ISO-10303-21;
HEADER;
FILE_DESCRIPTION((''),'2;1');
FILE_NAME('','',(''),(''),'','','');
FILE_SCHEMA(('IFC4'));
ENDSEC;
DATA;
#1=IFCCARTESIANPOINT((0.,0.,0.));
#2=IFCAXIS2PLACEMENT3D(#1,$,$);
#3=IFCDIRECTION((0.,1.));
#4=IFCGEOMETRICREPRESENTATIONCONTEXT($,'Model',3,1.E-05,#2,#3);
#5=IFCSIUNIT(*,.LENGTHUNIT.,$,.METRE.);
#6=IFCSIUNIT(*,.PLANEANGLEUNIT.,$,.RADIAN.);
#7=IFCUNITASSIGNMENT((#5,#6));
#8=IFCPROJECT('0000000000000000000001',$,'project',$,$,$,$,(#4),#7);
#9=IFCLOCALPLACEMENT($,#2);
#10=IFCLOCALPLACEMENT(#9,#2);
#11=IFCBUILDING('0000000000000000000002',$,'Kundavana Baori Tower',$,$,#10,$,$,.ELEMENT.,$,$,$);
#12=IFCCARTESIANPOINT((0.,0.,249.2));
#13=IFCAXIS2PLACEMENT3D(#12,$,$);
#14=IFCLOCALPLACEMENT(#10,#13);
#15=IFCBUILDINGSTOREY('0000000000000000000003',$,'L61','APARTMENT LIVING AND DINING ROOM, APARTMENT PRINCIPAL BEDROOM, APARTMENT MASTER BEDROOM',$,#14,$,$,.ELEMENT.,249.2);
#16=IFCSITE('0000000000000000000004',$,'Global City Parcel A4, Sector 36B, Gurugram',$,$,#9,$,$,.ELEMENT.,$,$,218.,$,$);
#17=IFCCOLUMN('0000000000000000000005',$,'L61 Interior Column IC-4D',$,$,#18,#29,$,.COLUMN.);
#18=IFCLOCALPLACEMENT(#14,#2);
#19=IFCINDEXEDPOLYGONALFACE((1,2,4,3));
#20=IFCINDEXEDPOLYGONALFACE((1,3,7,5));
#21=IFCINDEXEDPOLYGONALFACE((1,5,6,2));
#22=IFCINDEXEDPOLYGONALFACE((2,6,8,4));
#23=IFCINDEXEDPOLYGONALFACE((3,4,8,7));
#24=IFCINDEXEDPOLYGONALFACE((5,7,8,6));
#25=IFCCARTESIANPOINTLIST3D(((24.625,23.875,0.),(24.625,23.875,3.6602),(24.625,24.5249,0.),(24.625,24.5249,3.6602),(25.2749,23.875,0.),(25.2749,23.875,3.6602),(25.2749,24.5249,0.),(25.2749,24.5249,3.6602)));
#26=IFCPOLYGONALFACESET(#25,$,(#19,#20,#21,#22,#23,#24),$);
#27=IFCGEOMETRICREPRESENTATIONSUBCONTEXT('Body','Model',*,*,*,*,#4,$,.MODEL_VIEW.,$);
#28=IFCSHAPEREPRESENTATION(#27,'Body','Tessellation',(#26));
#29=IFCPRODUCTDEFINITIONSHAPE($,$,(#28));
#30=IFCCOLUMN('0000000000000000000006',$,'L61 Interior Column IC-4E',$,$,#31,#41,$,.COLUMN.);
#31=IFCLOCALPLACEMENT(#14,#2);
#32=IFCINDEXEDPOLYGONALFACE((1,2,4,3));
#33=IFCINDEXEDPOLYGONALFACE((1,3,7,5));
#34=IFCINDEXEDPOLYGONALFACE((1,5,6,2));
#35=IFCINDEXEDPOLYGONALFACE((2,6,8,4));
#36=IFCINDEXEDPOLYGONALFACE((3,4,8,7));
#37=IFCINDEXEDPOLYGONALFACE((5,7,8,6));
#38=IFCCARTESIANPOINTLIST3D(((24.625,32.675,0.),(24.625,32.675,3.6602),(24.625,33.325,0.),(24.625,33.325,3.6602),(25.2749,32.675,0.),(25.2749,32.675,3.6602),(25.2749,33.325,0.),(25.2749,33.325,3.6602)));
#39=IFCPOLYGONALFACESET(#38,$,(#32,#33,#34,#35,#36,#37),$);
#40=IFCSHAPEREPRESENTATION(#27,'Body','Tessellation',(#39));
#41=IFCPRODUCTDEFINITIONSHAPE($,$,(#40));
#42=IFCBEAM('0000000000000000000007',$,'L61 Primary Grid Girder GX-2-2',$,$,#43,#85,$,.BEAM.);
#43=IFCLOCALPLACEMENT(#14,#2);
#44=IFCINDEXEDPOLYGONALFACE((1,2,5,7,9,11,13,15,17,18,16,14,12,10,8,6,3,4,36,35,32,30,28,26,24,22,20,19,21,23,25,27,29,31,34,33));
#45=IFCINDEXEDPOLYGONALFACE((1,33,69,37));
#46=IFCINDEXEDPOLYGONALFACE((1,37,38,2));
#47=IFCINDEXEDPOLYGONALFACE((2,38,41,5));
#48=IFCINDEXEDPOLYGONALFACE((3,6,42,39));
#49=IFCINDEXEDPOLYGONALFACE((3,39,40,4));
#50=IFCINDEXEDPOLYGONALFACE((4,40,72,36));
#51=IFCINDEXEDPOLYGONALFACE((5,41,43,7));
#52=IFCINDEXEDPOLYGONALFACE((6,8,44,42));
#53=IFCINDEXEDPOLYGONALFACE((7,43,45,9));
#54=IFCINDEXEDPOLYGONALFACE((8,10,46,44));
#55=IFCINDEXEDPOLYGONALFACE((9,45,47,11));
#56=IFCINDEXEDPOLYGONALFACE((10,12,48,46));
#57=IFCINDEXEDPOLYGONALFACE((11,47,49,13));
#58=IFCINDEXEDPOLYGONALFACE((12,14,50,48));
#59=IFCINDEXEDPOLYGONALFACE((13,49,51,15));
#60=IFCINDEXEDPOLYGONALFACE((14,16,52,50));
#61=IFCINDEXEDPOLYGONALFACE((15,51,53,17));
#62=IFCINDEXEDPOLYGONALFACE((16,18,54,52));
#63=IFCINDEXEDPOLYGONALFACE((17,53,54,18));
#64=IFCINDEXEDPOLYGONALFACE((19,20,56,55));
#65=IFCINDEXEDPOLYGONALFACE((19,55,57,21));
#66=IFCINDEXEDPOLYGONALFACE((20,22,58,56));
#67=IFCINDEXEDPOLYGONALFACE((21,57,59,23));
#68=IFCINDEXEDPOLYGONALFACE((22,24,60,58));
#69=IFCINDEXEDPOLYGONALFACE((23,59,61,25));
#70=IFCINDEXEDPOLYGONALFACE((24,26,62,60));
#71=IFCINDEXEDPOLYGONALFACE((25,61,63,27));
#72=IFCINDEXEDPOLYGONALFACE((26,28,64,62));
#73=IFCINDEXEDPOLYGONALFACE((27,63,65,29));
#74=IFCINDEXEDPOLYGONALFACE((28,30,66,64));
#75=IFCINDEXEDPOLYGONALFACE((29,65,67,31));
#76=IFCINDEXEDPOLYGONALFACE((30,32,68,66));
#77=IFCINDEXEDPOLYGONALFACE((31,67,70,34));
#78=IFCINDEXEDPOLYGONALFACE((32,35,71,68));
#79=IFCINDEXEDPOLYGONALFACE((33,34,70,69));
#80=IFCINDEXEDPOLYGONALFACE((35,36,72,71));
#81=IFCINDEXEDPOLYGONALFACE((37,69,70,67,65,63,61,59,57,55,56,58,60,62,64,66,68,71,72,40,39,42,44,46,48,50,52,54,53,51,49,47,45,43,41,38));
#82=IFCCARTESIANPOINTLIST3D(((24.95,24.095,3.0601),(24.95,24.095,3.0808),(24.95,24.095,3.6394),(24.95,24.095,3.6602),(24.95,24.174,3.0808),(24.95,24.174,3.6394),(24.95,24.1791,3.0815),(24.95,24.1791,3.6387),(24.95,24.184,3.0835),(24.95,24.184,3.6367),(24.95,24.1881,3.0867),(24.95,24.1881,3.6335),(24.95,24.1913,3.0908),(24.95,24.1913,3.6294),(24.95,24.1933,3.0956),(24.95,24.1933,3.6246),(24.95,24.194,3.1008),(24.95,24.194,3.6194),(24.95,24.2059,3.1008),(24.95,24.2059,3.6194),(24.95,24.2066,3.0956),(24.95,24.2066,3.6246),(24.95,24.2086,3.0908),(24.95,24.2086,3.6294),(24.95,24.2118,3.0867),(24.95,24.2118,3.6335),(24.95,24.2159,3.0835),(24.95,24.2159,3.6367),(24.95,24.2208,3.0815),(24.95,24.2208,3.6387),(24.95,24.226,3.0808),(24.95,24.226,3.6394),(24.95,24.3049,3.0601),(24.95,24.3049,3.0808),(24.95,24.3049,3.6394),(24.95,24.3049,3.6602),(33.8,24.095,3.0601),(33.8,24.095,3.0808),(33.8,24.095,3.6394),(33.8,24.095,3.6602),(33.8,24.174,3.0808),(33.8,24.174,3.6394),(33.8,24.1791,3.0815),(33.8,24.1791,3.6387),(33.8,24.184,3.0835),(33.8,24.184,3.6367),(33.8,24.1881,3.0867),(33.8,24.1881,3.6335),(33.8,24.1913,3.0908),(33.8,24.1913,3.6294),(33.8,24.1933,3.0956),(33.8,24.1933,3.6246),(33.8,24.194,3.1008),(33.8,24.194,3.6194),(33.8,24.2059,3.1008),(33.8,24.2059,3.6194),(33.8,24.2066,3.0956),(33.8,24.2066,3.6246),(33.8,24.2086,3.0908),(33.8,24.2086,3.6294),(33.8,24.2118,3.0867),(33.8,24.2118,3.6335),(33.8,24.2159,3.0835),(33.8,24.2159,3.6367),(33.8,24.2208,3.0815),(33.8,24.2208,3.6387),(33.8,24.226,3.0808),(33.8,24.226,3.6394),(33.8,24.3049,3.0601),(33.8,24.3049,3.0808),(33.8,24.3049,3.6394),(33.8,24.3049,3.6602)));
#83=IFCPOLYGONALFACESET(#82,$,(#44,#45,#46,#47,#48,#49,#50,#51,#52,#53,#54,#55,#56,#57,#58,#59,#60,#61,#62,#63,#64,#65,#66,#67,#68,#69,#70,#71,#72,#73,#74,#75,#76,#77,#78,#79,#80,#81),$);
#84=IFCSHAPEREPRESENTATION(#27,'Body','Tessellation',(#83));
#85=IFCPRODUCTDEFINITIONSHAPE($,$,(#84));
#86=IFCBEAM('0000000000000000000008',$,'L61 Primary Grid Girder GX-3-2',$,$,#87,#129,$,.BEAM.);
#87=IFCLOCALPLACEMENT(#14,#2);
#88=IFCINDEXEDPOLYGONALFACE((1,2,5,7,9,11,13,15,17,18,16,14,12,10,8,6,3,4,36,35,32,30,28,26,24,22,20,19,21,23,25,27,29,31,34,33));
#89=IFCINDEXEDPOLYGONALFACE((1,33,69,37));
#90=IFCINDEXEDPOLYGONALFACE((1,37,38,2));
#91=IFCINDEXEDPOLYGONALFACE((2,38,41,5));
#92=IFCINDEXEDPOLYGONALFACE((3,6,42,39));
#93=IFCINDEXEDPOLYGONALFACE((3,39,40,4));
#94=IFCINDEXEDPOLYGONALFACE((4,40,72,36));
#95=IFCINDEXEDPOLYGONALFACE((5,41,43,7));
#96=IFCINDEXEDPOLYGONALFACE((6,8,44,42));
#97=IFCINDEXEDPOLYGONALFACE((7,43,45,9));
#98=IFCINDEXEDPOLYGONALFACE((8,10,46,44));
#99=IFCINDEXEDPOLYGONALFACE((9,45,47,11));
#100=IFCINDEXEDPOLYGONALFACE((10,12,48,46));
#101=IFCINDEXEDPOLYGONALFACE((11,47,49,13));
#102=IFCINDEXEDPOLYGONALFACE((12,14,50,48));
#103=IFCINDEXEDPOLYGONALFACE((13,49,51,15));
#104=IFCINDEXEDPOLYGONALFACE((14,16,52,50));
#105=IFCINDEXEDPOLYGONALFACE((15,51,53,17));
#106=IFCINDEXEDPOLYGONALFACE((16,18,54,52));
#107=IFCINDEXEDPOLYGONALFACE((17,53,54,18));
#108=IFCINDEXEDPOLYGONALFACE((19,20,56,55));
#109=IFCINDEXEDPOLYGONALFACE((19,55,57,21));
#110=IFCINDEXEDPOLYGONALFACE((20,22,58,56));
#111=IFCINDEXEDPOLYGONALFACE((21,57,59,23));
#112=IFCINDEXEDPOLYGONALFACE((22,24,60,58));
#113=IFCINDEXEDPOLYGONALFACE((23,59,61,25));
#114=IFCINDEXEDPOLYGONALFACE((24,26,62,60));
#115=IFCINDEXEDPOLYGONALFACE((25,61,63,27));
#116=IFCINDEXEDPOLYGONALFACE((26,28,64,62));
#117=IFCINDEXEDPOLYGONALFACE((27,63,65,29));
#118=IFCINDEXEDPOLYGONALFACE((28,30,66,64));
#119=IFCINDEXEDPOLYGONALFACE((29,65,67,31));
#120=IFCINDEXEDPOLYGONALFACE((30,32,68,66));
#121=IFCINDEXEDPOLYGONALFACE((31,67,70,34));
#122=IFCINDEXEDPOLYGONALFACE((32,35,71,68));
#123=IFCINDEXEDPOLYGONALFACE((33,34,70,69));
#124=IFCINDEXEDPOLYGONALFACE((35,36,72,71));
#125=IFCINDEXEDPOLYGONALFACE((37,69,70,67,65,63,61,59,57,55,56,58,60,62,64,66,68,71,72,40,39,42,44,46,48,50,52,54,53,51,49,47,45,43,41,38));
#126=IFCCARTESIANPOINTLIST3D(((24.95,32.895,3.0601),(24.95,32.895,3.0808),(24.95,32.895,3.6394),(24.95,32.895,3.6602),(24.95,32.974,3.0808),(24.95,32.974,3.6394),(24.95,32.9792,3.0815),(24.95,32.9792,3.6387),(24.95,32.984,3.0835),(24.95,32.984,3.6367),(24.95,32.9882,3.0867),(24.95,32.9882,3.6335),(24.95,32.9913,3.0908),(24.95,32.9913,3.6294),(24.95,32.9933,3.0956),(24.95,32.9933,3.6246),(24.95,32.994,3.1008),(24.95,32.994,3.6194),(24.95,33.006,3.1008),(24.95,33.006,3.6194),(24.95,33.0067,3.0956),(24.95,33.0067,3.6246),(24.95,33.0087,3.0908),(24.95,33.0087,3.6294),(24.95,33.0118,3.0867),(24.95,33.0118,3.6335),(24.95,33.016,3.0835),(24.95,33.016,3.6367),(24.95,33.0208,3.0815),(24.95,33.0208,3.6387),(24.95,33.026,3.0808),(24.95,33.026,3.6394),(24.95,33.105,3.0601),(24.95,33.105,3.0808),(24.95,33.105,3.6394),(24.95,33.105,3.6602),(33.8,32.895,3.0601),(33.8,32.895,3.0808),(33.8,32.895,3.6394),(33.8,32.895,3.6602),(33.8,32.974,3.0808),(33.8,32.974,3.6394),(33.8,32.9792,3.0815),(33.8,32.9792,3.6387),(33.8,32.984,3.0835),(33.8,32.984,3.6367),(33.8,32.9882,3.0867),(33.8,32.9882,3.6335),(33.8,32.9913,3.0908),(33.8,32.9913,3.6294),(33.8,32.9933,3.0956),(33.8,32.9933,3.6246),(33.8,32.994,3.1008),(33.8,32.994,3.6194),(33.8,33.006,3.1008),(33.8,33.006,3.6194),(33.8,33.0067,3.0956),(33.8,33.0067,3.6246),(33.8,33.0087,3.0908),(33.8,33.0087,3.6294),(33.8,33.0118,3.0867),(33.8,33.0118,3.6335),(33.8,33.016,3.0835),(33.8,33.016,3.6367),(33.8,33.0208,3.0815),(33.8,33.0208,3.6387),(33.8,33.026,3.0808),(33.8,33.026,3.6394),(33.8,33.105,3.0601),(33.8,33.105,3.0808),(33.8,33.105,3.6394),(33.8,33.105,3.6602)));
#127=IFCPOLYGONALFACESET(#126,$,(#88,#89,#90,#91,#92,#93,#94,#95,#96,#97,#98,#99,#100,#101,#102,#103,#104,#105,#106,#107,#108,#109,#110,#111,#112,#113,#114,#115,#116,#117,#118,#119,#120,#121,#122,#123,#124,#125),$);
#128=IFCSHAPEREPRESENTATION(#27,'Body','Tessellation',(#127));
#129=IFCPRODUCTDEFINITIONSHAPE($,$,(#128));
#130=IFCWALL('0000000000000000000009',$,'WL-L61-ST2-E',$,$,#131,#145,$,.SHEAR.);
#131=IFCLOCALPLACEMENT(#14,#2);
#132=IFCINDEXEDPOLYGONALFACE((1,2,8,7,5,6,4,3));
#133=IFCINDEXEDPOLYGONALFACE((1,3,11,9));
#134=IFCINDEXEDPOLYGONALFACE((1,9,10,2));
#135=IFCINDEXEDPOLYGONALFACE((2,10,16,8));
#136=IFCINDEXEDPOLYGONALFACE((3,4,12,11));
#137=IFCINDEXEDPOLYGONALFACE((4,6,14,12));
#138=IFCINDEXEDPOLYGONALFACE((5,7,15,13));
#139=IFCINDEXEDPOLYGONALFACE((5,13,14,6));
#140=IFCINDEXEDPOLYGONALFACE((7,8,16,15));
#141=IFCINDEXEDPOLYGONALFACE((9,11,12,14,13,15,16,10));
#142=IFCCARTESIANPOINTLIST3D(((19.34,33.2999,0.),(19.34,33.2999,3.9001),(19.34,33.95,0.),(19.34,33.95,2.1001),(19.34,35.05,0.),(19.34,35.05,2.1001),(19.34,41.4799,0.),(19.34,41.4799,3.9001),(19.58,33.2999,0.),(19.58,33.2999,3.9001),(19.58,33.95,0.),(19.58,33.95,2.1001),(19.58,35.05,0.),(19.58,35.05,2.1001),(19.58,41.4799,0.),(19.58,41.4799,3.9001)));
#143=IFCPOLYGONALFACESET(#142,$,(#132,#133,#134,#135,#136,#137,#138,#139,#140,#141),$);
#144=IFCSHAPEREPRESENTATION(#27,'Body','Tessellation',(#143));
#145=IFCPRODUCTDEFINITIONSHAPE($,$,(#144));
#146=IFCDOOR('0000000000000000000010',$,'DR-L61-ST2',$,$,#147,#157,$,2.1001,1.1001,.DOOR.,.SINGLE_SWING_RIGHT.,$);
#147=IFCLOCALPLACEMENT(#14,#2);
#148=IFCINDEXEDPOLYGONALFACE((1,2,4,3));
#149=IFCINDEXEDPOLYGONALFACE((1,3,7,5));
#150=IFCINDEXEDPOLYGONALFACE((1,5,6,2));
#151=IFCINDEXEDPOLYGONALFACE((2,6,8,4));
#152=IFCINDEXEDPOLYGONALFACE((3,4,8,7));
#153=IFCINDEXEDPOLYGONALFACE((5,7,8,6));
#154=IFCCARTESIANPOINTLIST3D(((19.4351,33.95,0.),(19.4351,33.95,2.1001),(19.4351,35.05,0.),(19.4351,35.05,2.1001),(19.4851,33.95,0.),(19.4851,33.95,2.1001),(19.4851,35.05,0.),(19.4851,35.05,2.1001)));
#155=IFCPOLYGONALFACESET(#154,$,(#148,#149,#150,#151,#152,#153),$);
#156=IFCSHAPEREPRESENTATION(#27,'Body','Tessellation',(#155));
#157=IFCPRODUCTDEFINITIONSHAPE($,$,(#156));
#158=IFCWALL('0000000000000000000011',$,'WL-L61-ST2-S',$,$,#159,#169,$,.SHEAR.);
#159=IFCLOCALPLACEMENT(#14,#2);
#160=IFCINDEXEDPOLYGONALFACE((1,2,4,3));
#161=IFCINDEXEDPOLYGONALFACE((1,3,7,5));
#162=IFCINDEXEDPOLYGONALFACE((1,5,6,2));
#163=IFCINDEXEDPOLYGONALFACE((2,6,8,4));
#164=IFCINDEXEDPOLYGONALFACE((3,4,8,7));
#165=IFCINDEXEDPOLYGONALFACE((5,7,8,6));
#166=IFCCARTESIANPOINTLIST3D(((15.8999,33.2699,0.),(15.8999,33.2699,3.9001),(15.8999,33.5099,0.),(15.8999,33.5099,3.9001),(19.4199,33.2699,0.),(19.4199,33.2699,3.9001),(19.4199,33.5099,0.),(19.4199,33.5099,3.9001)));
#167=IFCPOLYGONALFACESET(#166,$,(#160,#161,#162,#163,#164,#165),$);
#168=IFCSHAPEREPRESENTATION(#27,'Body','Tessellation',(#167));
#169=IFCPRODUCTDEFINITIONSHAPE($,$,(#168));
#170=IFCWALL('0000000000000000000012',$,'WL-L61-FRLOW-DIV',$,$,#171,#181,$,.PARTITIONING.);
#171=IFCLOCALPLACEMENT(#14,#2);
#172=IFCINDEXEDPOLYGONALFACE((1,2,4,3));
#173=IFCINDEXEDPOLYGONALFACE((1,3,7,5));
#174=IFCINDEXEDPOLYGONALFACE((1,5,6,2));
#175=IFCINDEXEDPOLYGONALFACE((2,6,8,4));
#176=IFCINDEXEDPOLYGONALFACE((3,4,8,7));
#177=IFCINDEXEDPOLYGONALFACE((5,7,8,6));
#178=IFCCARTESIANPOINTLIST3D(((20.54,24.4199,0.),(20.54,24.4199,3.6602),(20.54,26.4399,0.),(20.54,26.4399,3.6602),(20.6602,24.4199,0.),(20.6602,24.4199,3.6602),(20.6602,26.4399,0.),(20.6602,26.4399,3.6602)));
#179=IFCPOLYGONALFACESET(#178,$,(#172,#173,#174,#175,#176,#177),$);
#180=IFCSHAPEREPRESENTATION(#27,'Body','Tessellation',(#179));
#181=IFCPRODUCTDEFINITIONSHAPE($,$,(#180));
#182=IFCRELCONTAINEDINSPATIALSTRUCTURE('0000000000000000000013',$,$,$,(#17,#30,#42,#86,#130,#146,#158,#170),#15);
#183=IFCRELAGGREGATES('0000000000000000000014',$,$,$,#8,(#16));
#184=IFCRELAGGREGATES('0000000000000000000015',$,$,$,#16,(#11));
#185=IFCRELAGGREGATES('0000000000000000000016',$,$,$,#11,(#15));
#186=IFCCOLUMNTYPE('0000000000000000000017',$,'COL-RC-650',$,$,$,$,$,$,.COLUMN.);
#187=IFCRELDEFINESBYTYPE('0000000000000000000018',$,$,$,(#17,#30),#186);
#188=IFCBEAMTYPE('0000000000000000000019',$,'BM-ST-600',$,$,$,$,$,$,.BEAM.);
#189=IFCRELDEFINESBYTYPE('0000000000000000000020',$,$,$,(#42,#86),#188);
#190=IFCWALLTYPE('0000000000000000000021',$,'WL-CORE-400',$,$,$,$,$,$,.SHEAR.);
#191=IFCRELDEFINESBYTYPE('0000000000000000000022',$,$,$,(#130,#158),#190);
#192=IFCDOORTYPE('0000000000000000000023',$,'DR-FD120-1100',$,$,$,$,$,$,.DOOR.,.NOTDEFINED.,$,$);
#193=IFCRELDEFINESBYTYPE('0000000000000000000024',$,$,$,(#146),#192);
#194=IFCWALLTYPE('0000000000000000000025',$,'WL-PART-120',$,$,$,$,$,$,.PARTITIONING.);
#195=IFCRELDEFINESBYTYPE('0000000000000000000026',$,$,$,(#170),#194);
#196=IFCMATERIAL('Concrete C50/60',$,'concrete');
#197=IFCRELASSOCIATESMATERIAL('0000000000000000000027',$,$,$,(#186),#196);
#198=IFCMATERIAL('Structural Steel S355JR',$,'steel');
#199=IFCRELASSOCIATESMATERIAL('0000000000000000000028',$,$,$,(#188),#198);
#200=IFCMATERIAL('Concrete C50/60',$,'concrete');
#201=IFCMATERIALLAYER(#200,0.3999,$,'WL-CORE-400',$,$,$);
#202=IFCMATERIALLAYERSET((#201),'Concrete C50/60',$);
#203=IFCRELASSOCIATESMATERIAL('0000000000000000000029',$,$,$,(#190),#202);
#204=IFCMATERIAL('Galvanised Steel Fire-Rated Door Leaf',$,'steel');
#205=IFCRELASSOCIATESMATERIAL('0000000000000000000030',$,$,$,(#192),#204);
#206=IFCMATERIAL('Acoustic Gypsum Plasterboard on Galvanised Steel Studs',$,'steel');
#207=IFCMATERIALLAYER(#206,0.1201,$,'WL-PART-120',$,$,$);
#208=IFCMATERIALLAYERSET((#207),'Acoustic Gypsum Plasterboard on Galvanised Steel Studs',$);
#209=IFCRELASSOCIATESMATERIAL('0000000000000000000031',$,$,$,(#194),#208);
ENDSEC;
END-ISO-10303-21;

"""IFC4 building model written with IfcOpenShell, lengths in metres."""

from ifc_helpers import new_model, si_unit, direction, frame, frame_2d, origin, origin_2d, place, context, subcontext, project, spatial, rectangle, i_section, extrude, material, layer, layer_set, material_profile, profile_set, type_object, element, fill, save


model = new_model("IFC4")

# Units and contexts
model_context = context("Model", 3, precision=1e-05, world=origin(), true_north=direction((0.0, 1.0)))
body_context = subcontext(model_context, "Body", "Model", "MODEL_VIEW")
ifc_project = project(units=[si_unit("LENGTHUNIT", "METRE"), si_unit("PLANEANGLEUNIT", "RADIAN")], contexts=[model_context])

# Site, building, storey
site_placement = place(None, origin())
site = spatial("IfcSite", under=ifc_project, at=site_placement, Name="Global City Parcel A4, Sector 36B, Gurugram", CompositionType="ELEMENT", RefElevation=218.0)
building_placement = place(site_placement, origin())
building = spatial("IfcBuilding", under=site, at=building_placement, Name="Kundavana Baori Tower", CompositionType="ELEMENT")
storey_placement = place(building_placement, frame((0.0, 0.0, 249.2)))
storey = spatial("IfcBuildingStorey", under=building, at=storey_placement, Name="L61", Description="APARTMENT LIVING AND DINING ROOM, APARTMENT PRINCIPAL BEDROOM, APARTMENT MASTER BEDROOM", CompositionType="ELEMENT", Elevation=249.2)

# Columns
ifc_material_1 = material(Name="Concrete C50/60", Category="concrete")
ifc_material_profile_1 = material_profile(ifc_material_1, rectangle(XDim=0.6499, YDim=0.6499, at=origin_2d()), Name="RC 650x650")
ifc_profile_set_1 = profile_set([ifc_material_profile_1], Name="Concrete C50/60")
column_type = type_object("IfcColumnType", Name="COL-RC-650", PredefinedType="COLUMN", material=ifc_profile_set_1)
for number, where, z_axis, x_axis, name in (
    (1, (24.95, 24.2, 0.0), (0.0, 0.0, 1.0), (1.0, 0.0, 0.0), "L61 Interior Column IC-4D"),
    (2, (24.95, 33.0, 0.0), (0.0, 0.0, 1.0), (1.0, 0.0, 0.0), "L61 Interior Column IC-4E"),
):
    element("IfcColumn", number, at=place(storey_placement, frame(where, z_axis=z_axis, x_axis=x_axis)), inside=storey, type_object=column_type, Name=name, PredefinedType="COLUMN", context=body_context, shape_type="SweptSolid", body=[
        extrude(rectangle(XDim=0.6499, YDim=0.6499, at=origin_2d()), origin(), (0.0, 0.0, 1.0), 3.6602),
    ])

# Beams
ifc_material_2 = material(Name="Structural Steel S355JR", Category="steel")
ifc_material_profile_2 = material_profile(ifc_material_2, i_section(OverallWidth=0.21, OverallDepth=0.6001, WebThickness=0.012, FlangeThickness=0.0208, FilletRadius=0.02, at=origin_2d()), Name="ISMB 600")
ifc_profile_set_2 = profile_set([ifc_material_profile_2], Name="Structural Steel S355JR")
beam_type = type_object("IfcBeamType", Name="BM-ST-600", PredefinedType="BEAM", material=ifc_profile_set_2)
for number, where, z_axis, x_axis, name in (
    (3, (24.95, 24.2, 3.3601), (1.0, 0.0, 0.0), (0.0, 1.0, 0.0), "L61 Primary Grid Girder GX-2-2"),
    (4, (24.95, 33.0, 3.3601), (1.0, 0.0, 0.0), (0.0, 1.0, 0.0), "L61 Primary Grid Girder GX-3-2"),
):
    element("IfcBeam", number, at=place(storey_placement, frame(where, z_axis=z_axis, x_axis=x_axis)), inside=storey, type_object=beam_type, Name=name, PredefinedType="BEAM", context=body_context, shape_type="SweptSolid", body=[
        extrude(i_section(OverallWidth=0.21, OverallDepth=0.6001, WebThickness=0.012, FlangeThickness=0.0208, FilletRadius=0.02, at=origin_2d()), origin(), (0.0, 0.0, 1.0), 8.8501),
    ])

# Wall, opening, door
ifc_material_3 = material(Name="Concrete C50/60", Category="concrete")
ifc_layer_1 = layer(ifc_material_3, 0.3999, Name="WL-CORE-400")
ifc_layer_set_1 = layer_set([ifc_layer_1], Name="Concrete C50/60")
wall_type_1 = type_object("IfcWallType", Name="WL-CORE-400", PredefinedType="SHEAR", material=ifc_layer_set_1)
wall_1_placement = place(storey_placement, frame((19.46, 33.3, 0.0), z_axis=(0.0, 0.0, 1.0), x_axis=(0.0, 1.0, 0.0)))
wall_1 = element("IfcWall", 5, at=wall_1_placement, inside=storey, type_object=wall_type_1, Name="WL-L61-ST2-E", PredefinedType="SHEAR", context=body_context, shape_type="SweptSolid", body=[
    extrude(rectangle(XDim=8.1799, YDim=0.24, at=frame_2d((4.0898, 0.0))), origin(), (0.0, 0.0, 1.0), 3.9001),
])
opening_1_placement = place(wall_1_placement, frame((0.6499, 0.0, 0.0)))
opening_1 = element("IfcOpeningElement", 6, at=opening_1_placement, cuts=wall_1, PredefinedType="OPENING", context=body_context, shape_type="SweptSolid", body=[
    extrude(rectangle(XDim=1.1001, YDim=2.1001, at=frame_2d((0.55, 1.05))), frame((0.0, 0.1299, 0.0), z_axis=(0.0, -1.0, 0.0), x_axis=(1.0, 0.0, 0.0)), (0.0, 0.0, 1.0), 0.26),
])
ifc_material_4 = material(Name="Galvanised Steel Fire-Rated Door Leaf", Category="steel")
door_type_1 = type_object("IfcDoorType", Name="DR-FD120-1100", OperationType="NOTDEFINED", PredefinedType="DOOR", material=ifc_material_4)
door_1_placement = place(opening_1_placement, origin())
door_1 = element("IfcDoor", 7, at=door_1_placement, inside=storey, type_object=door_type_1, Name="DR-L61-ST2", OperationType="SINGLE_SWING_RIGHT", OverallHeight=2.1001, OverallWidth=1.1001, PredefinedType="DOOR", context=body_context, shape_type="SweptSolid", body=[
    extrude(rectangle(XDim=1.1001, YDim=2.1001, at=frame_2d((0.55, 1.05))), frame((0.0, 0.0249, 0.0), z_axis=(0.0, -1.0, 0.0), x_axis=(1.0, 0.0, 0.0)), (0.0, 0.0, 1.0), 0.05),
])
fill(opening_1, door_1)

# Walls
wall_2_placement = place(storey_placement, frame((15.8999, 33.3899, 0.0), z_axis=(0.0, 0.0, 1.0), x_axis=(1.0, 0.0, 0.0)))
element("IfcWall", 8, at=wall_2_placement, inside=storey, type_object=wall_type_1, Name="WL-L61-ST2-S", PredefinedType="SHEAR", context=body_context, shape_type="SweptSolid", body=[
    extrude(rectangle(XDim=3.52, YDim=0.24, at=frame_2d((1.76, 0.0))), origin(), (0.0, 0.0, 1.0), 3.9001),
])
ifc_material_5 = material(Name="Acoustic Gypsum Plasterboard on Galvanised Steel Studs", Category="steel")
ifc_layer_2 = layer(ifc_material_5, 0.1201, Name="WL-PART-120")
ifc_layer_set_2 = layer_set([ifc_layer_2], Name="Acoustic Gypsum Plasterboard on Galvanised Steel Studs")
wall_type_2 = type_object("IfcWallType", Name="WL-PART-120", PredefinedType="PARTITIONING", material=ifc_layer_set_2)
wall_3_placement = place(storey_placement, frame((20.6001, 24.4199, 0.0), z_axis=(0.0, 0.0, 1.0), x_axis=(0.0, 1.0, 0.0)))
element("IfcWall", 9, at=wall_3_placement, inside=storey, type_object=wall_type_2, Name="WL-L61-FRLOW-DIV", PredefinedType="PARTITIONING", context=body_context, shape_type="SweptSolid", body=[
    extrude(rectangle(XDim=2.02, YDim=0.1201, at=frame_2d((1.01, 0.0))), origin(), (0.0, 0.0, 1.0), 3.6602),
])

save(model, "model.ifc")
